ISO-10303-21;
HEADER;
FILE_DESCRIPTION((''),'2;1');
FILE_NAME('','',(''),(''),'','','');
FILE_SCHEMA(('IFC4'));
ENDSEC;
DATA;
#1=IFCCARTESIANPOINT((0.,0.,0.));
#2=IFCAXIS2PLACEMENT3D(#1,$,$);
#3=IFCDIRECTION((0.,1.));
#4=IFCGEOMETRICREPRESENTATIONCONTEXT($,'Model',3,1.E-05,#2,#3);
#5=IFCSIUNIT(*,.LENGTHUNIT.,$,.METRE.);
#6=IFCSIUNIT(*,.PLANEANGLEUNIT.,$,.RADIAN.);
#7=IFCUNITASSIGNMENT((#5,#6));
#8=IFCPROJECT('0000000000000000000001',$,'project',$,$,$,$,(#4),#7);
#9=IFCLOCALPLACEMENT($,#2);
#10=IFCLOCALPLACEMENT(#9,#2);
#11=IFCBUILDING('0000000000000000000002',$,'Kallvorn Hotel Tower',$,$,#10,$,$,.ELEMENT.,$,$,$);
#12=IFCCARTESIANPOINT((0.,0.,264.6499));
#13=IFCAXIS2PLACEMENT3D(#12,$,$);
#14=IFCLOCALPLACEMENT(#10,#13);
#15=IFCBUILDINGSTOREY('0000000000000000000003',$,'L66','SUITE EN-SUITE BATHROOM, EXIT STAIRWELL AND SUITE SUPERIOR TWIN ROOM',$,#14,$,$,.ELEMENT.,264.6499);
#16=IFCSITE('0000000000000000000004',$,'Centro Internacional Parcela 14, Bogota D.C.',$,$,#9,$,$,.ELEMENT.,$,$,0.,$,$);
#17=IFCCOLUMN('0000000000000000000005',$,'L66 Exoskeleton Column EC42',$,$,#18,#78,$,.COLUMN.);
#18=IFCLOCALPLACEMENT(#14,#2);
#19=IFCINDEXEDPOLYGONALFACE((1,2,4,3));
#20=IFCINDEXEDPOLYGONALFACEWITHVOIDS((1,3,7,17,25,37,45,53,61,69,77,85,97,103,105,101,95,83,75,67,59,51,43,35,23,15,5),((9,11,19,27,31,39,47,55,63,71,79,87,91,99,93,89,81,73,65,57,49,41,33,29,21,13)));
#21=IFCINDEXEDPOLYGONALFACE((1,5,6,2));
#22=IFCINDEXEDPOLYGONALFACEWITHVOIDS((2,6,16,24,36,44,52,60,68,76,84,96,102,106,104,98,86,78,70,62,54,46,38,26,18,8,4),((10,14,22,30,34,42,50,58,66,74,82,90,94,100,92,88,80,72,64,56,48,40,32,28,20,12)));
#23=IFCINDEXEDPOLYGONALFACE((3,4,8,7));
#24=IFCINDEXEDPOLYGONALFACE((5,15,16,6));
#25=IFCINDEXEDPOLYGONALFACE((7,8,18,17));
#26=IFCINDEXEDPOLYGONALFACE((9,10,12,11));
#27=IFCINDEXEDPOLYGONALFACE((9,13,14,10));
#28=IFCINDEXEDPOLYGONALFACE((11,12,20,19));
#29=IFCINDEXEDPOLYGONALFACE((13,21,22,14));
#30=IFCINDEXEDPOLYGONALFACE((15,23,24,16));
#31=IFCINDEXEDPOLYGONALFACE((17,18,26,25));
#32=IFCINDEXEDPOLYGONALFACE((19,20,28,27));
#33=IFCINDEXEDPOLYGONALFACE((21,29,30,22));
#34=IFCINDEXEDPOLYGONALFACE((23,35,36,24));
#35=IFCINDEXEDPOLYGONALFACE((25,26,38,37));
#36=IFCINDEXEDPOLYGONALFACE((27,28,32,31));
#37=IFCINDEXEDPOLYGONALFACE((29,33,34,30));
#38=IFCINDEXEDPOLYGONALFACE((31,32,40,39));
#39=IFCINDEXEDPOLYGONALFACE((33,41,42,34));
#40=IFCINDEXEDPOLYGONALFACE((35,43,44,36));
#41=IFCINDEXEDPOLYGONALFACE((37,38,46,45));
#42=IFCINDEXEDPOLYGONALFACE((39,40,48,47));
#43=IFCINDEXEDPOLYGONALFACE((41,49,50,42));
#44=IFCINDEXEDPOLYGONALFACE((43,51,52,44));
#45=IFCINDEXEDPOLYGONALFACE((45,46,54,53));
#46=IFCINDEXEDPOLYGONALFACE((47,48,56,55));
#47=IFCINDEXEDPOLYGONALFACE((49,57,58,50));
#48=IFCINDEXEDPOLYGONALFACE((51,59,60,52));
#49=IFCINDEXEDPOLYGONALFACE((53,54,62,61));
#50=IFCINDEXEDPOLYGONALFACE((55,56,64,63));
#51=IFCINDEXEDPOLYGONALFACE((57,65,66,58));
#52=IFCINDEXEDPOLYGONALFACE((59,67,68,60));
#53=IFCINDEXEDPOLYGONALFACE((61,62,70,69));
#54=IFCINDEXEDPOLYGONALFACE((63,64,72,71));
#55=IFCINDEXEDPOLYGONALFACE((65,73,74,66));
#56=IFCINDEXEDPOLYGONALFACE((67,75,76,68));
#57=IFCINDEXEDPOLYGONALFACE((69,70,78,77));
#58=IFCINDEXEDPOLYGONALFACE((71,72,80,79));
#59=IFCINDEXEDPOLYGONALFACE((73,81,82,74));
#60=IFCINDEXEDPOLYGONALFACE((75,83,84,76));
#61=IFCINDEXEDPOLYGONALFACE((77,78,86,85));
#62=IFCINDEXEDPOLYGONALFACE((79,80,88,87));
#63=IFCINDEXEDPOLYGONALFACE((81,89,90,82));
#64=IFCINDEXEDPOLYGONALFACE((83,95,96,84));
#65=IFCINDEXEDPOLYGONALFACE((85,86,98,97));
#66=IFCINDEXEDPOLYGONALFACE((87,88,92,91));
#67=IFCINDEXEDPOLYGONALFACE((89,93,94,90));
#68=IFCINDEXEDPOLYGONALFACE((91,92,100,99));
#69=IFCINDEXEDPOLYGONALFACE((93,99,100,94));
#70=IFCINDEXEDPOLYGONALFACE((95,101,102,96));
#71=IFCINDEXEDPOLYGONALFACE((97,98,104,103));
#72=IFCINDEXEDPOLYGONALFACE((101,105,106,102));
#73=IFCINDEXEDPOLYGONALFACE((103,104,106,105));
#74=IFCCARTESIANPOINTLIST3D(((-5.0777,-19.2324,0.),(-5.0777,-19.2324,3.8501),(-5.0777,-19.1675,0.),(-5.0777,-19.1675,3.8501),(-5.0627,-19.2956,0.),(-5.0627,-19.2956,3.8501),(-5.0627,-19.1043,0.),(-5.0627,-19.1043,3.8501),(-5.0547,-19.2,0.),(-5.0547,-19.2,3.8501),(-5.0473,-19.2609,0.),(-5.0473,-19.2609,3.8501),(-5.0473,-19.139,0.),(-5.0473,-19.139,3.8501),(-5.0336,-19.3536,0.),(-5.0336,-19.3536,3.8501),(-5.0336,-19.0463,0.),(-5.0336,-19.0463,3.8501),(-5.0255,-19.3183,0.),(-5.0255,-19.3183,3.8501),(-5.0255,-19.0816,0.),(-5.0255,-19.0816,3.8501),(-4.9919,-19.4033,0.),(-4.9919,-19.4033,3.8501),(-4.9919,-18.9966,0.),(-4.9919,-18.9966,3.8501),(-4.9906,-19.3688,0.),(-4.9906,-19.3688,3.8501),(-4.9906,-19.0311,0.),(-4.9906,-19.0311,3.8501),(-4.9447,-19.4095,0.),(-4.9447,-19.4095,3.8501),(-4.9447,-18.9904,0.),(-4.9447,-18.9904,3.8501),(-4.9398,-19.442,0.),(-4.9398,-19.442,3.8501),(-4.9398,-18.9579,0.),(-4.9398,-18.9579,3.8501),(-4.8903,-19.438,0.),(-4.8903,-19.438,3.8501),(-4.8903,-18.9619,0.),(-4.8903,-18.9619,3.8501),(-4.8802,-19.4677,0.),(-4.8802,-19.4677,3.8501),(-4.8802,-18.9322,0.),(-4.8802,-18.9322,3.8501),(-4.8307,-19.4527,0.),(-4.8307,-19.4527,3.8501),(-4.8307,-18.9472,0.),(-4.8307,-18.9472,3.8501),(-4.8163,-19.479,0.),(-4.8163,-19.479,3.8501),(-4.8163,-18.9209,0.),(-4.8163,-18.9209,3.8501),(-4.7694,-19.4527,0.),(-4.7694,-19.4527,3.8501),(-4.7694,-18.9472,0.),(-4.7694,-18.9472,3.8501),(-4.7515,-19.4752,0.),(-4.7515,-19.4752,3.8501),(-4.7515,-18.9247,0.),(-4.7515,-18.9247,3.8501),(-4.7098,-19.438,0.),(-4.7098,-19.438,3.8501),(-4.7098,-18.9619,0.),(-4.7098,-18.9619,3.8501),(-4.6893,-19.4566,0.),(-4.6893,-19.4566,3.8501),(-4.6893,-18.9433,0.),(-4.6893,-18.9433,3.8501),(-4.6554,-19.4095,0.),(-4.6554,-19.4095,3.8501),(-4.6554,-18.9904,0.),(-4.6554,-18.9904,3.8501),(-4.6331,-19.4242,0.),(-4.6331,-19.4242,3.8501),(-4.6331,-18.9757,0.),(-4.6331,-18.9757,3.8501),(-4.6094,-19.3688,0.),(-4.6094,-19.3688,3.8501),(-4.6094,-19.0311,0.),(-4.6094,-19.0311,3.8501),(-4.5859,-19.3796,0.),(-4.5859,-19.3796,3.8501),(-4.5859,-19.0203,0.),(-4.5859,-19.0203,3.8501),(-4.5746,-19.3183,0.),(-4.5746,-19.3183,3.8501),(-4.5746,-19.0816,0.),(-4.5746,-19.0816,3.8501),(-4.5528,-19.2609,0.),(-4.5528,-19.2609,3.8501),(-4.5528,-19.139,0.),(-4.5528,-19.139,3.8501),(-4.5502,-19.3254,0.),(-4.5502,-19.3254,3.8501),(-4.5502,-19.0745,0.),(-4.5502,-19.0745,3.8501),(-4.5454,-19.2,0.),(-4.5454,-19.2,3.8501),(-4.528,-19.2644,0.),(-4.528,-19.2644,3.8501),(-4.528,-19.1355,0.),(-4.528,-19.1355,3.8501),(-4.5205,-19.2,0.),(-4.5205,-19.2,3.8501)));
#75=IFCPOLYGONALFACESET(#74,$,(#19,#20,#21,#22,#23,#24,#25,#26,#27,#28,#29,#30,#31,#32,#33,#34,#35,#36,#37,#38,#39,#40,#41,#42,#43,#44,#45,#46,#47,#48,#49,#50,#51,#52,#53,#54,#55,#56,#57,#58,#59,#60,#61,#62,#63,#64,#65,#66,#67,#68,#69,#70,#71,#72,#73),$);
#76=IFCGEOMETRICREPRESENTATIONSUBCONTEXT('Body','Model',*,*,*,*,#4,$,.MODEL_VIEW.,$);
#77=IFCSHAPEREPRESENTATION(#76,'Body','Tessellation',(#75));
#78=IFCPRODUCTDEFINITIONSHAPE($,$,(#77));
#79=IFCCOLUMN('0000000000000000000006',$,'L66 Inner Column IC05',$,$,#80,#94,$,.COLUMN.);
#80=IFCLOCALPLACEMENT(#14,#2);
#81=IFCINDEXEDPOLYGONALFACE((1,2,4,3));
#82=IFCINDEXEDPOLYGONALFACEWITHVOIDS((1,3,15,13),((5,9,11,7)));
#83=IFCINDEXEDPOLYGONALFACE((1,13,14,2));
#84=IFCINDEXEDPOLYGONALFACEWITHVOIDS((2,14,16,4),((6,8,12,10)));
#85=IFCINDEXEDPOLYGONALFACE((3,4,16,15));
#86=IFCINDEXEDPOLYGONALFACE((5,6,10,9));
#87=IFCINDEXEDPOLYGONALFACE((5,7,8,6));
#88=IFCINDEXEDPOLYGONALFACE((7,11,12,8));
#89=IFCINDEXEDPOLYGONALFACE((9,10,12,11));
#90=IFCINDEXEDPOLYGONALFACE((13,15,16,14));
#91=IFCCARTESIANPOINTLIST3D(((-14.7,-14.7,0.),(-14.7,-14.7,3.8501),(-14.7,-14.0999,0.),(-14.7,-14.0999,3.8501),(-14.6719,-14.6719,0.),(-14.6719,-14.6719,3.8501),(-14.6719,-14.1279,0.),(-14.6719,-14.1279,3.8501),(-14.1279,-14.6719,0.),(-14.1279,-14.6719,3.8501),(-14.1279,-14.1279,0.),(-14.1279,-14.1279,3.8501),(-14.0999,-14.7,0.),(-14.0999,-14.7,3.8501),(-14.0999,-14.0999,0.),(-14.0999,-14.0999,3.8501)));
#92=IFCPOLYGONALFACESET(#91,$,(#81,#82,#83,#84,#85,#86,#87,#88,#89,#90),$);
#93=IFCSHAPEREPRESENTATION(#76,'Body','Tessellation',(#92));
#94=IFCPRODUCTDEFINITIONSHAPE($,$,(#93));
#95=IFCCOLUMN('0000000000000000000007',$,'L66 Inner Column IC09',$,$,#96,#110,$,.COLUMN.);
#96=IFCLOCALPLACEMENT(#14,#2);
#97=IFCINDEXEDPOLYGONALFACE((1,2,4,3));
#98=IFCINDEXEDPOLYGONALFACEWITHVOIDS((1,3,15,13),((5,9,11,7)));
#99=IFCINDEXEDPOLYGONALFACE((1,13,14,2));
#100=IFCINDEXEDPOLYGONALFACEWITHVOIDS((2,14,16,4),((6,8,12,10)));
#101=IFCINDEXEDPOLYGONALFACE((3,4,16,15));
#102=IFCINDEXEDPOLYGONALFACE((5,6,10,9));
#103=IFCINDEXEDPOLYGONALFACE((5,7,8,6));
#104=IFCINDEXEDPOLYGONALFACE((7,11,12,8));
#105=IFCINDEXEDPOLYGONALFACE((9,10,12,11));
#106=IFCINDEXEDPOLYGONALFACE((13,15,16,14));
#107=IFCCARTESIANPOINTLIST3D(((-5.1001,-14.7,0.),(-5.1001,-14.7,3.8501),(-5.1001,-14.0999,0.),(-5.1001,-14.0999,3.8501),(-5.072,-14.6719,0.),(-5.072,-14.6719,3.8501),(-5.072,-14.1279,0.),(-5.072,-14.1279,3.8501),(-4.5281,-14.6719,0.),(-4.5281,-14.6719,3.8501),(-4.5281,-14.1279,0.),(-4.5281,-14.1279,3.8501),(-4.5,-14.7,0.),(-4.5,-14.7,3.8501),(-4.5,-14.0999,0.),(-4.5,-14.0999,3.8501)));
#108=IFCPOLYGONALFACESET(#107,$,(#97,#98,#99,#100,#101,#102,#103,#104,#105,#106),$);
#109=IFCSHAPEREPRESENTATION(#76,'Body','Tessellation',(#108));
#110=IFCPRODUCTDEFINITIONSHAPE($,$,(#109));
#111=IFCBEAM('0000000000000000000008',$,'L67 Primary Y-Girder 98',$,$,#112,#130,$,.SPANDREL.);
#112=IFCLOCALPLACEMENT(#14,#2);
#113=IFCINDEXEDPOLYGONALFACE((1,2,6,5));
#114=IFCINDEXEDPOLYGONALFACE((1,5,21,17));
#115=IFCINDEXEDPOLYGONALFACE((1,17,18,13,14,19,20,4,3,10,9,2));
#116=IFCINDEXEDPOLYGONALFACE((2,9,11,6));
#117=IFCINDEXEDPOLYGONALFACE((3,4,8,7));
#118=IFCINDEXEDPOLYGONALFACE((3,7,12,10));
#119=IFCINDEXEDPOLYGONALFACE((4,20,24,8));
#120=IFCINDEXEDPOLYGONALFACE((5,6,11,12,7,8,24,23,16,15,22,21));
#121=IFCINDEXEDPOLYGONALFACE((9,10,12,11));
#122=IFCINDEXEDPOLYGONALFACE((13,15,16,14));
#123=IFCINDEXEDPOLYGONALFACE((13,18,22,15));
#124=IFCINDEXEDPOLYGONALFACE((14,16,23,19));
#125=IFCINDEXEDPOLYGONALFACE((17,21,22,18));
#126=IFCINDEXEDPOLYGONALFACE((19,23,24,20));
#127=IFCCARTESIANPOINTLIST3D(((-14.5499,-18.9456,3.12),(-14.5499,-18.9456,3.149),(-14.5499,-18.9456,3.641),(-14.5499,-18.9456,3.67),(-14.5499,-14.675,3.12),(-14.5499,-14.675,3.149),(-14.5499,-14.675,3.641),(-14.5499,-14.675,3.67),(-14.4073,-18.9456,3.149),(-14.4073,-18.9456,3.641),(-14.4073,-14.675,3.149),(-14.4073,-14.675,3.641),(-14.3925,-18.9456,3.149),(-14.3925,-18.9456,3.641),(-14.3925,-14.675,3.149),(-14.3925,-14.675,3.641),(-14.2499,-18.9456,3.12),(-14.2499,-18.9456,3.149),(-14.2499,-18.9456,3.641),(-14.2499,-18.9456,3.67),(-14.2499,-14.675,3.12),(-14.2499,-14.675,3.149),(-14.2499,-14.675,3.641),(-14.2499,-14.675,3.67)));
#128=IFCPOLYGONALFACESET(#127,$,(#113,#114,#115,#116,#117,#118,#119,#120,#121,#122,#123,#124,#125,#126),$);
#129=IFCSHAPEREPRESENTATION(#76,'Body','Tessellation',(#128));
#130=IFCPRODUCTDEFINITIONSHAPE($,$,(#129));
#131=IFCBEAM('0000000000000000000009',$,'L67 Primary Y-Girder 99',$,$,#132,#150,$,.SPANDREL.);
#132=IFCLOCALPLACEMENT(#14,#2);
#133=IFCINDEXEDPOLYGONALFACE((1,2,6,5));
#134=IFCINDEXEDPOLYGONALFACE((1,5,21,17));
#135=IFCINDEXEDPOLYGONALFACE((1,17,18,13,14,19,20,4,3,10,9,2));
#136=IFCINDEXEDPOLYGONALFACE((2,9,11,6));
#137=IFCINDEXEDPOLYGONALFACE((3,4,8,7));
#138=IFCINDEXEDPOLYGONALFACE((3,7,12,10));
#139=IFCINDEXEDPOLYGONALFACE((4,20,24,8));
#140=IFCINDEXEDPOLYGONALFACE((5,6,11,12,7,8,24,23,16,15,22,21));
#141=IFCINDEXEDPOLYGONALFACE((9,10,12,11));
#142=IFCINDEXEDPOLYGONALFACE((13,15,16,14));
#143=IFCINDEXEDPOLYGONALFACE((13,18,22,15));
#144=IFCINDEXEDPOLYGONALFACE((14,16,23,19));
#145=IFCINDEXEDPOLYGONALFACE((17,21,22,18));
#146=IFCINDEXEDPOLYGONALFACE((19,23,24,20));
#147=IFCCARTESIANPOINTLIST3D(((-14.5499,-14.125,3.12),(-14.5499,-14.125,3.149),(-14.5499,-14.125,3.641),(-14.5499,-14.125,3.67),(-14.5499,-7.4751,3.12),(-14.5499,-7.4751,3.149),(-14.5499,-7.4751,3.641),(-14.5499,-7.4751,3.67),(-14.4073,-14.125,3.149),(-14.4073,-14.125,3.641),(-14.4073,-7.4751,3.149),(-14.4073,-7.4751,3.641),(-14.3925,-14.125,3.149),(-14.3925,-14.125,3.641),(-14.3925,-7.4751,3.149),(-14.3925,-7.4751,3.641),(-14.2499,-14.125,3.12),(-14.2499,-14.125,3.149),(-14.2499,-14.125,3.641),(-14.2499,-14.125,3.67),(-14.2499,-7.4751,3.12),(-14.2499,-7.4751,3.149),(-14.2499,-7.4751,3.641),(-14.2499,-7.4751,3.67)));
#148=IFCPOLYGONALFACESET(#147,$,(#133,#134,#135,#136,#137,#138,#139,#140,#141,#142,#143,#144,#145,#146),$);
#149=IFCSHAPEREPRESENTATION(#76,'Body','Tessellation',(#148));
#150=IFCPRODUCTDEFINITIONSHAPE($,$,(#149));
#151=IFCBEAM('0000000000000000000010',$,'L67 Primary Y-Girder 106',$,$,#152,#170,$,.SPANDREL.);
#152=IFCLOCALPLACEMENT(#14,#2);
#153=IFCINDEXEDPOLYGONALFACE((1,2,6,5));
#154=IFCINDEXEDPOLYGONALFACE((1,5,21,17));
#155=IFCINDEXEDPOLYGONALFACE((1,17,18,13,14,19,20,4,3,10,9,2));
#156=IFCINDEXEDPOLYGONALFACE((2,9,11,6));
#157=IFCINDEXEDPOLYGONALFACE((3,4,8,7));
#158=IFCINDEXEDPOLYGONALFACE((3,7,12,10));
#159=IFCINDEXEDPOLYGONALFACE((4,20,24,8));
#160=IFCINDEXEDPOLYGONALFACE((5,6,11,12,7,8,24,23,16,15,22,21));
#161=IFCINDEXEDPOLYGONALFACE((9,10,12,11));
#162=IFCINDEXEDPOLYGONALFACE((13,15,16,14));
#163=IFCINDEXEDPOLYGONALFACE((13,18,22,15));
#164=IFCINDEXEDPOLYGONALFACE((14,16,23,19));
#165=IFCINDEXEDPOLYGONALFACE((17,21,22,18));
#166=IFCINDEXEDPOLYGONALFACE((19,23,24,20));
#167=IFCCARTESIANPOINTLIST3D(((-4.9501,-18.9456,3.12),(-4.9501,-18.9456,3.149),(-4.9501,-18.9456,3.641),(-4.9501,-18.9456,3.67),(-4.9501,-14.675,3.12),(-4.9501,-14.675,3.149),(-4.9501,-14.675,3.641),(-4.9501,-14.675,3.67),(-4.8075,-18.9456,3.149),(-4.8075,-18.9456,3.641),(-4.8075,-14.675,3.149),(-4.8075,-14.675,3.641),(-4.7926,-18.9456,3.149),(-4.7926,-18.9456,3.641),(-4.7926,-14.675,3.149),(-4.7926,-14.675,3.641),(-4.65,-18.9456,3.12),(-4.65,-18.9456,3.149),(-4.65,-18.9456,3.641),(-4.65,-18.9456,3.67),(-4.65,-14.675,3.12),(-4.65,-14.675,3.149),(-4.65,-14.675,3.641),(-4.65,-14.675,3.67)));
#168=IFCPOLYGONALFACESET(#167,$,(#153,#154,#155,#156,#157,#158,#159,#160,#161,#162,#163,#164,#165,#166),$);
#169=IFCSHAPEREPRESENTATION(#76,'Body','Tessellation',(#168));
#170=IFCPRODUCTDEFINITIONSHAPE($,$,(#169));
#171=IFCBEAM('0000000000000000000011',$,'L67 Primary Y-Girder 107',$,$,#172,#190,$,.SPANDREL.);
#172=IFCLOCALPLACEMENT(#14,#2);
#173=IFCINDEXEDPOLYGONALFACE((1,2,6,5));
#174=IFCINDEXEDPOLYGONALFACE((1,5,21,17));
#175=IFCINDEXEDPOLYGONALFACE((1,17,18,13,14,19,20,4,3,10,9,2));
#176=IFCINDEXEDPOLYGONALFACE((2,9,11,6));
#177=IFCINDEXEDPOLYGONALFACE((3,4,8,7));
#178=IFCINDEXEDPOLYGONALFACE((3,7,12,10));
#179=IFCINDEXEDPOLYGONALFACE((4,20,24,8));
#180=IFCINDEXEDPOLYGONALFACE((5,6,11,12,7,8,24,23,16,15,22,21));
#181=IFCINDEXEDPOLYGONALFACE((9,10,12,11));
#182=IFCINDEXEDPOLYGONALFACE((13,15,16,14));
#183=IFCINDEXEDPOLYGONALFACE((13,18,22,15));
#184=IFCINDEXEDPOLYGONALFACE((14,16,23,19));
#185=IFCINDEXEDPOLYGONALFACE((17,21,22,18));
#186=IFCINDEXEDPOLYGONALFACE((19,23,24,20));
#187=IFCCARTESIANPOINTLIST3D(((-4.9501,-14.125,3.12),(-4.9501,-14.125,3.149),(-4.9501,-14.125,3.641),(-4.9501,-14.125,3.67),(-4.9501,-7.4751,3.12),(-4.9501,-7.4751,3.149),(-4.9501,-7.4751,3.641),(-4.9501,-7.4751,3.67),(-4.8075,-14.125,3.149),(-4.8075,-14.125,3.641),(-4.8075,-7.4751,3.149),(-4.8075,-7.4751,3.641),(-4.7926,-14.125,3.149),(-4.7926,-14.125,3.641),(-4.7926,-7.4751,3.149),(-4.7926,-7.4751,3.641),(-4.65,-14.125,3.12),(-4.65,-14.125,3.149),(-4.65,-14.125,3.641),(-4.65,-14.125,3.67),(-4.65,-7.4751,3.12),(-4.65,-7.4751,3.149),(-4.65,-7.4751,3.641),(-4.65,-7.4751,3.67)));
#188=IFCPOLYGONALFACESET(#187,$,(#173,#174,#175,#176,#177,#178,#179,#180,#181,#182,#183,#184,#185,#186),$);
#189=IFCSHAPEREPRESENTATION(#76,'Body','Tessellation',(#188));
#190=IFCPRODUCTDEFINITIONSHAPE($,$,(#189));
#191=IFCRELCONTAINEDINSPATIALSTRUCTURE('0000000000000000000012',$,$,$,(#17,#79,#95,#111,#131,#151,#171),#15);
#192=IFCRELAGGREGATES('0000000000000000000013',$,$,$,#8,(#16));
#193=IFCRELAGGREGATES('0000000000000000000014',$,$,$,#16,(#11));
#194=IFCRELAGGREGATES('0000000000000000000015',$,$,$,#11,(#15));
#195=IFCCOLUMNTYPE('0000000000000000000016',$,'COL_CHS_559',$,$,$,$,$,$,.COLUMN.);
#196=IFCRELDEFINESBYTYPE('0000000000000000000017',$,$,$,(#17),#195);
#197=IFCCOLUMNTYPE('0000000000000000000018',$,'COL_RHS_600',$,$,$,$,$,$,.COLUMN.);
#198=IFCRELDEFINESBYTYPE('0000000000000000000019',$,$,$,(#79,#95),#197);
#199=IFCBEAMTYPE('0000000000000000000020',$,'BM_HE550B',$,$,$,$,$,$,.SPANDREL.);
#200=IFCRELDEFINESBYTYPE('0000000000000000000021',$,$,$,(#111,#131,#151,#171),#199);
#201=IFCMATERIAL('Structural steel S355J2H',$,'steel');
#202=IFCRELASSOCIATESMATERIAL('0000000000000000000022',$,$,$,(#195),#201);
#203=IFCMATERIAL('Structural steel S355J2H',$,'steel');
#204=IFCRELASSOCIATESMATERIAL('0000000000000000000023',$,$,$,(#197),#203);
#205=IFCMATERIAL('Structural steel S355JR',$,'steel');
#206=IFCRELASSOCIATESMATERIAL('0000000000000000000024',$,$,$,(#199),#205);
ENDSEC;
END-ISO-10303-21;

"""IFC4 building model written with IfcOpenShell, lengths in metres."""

from ifc_helpers import new_model, si_unit, direction, frame, origin, origin_2d, place, context, subcontext, project, spatial, hollow_rectangle, hollow_circle, i_section, extrude, material, material_profile, profile_set, type_object, element, save


model = new_model("IFC4")

# Units and contexts
model_context = context("Model", 3, precision=1e-05, world=origin(), true_north=direction((0.0, 1.0)))
body_context = subcontext(model_context, "Body", "Model", "MODEL_VIEW")
ifc_project = project(units=[si_unit("LENGTHUNIT", "METRE"), si_unit("PLANEANGLEUNIT", "RADIAN")], contexts=[model_context])

# Site, building, storey
site_placement = place(None, origin())
site = spatial("IfcSite", under=ifc_project, at=site_placement, Name="Centro Internacional Parcela 14, Bogota D.C.", CompositionType="ELEMENT", RefElevation=0.0)
building_placement = place(site_placement, origin())
building = spatial("IfcBuilding", under=site, at=building_placement, Name="Kallvorn Hotel Tower", CompositionType="ELEMENT")
storey_placement = place(building_placement, frame((0.0, 0.0, 264.6499)))
storey = spatial("IfcBuildingStorey", under=building, at=storey_placement, Name="L66", Description="SUITE EN-SUITE BATHROOM, EXIT STAIRWELL AND SUITE SUPERIOR TWIN ROOM", CompositionType="ELEMENT", Elevation=264.6499)

# Columns
ifc_material_1 = material(Name="Structural steel S355J2H", Category="steel")
ifc_material_profile_1 = material_profile(ifc_material_1, hollow_circle(Radius=0.2795, WallThickness=0.0249, at=origin_2d()), Name="CHS 559x25")
ifc_profile_set_1 = profile_set([ifc_material_profile_1], Name="Structural steel S355J2H")
column_type_1 = type_object("IfcColumnType", Name="COL_CHS_559", PredefinedType="COLUMN", material=ifc_profile_set_1)
for number, where, z_axis, x_axis, name in (
    (1, (-4.8, -19.2, 0.0), (0.0, 0.0, 1.0), (1.0, 0.0, 0.0), "L66 Exoskeleton Column EC42"),
):
    element("IfcColumn", number, at=place(storey_placement, frame(where, z_axis=z_axis, x_axis=x_axis)), inside=storey, type_object=column_type_1, Name=name, PredefinedType="COLUMN", context=body_context, shape_type="SweptSolid", body=[
        extrude(hollow_circle(Radius=0.2795, WallThickness=0.0249, at=origin_2d()), origin(), (0.0, 0.0, 1.0), 3.8501),
    ])
ifc_material_2 = material(Name="Structural steel S355J2H", Category="steel")
ifc_material_profile_2 = material_profile(ifc_material_2, hollow_rectangle(XDim=0.6001, YDim=0.6001, WallThickness=0.0281, at=origin_2d()), Name="RHS 600x600x28")
ifc_profile_set_2 = profile_set([ifc_material_profile_2], Name="Structural steel S355J2H")
column_type_2 = type_object("IfcColumnType", Name="COL_RHS_600", PredefinedType="COLUMN", material=ifc_profile_set_2)
for number, where, z_axis, x_axis, name in (
    (2, (-14.3999, -14.3999, 0.0), (0.0, 0.0, 1.0), (1.0, 0.0, 0.0), "L66 Inner Column IC05"),
    (3, (-4.8, -14.3999, 0.0), (0.0, 0.0, 1.0), (1.0, 0.0, 0.0), "L66 Inner Column IC09"),
):
    element("IfcColumn", number, at=place(storey_placement, frame(where, z_axis=z_axis, x_axis=x_axis)), inside=storey, type_object=column_type_2, Name=name, PredefinedType="COLUMN", context=body_context, shape_type="SweptSolid", body=[
        extrude(hollow_rectangle(XDim=0.6001, YDim=0.6001, WallThickness=0.0281, at=origin_2d()), origin(), (0.0, 0.0, 1.0), 3.8501),
    ])

# Beams
ifc_material_3 = material(Name="Structural steel S355JR", Category="steel")
ifc_material_profile_3 = material_profile(ifc_material_3, i_section(OverallWidth=0.3, OverallDepth=0.55, WebThickness=0.0149, FlangeThickness=0.0291, at=origin_2d()), Name="HE 550 B")
ifc_profile_set_3 = profile_set([ifc_material_profile_3], Name="Structural steel S355JR")
beam_type_1 = type_object("IfcBeamType", Name="BM_HE550B", PredefinedType="SPANDREL", material=ifc_profile_set_3)
beam_1_placement = place(storey_placement, frame((-14.3999, -18.9456, 3.395), z_axis=(0.0, 1.0, 0.0), x_axis=(-1.0, 0.0, 0.0)))
element("IfcBeam", 4, at=beam_1_placement, inside=storey, type_object=beam_type_1, Name="L67 Primary Y-Girder 98", PredefinedType="SPANDREL", context=body_context, shape_type="SweptSolid", body=[
    extrude(i_section(OverallWidth=0.3, OverallDepth=0.55, WebThickness=0.0149, FlangeThickness=0.0291, at=origin_2d()), origin(), (0.0, 0.0, 1.0), 4.2705),
])
beam_2_placement = place(storey_placement, frame((-14.3999, -14.125, 3.395), z_axis=(0.0, 1.0, 0.0), x_axis=(-1.0, 0.0, 0.0)))
element("IfcBeam", 5, at=beam_2_placement, inside=storey, type_object=beam_type_1, Name="L67 Primary Y-Girder 99", PredefinedType="SPANDREL", context=body_context, shape_type="SweptSolid", body=[
    extrude(i_section(OverallWidth=0.3, OverallDepth=0.55, WebThickness=0.0149, FlangeThickness=0.0291, at=origin_2d()), origin(), (0.0, 0.0, 1.0), 6.6499),
])
beam_3_placement = place(storey_placement, frame((-4.8, -18.9456, 3.395), z_axis=(0.0, 1.0, 0.0), x_axis=(-1.0, 0.0, 0.0)))
element("IfcBeam", 6, at=beam_3_placement, inside=storey, type_object=beam_type_1, Name="L67 Primary Y-Girder 106", PredefinedType="SPANDREL", context=body_context, shape_type="SweptSolid", body=[
    extrude(i_section(OverallWidth=0.3, OverallDepth=0.55, WebThickness=0.0149, FlangeThickness=0.0291, at=origin_2d()), origin(), (0.0, 0.0, 1.0), 4.2705),
])
beam_4_placement = place(storey_placement, frame((-4.8, -14.125, 3.395), z_axis=(0.0, 1.0, 0.0), x_axis=(-1.0, 0.0, 0.0)))
element("IfcBeam", 7, at=beam_4_placement, inside=storey, type_object=beam_type_1, Name="L67 Primary Y-Girder 107", PredefinedType="SPANDREL", context=body_context, shape_type="SweptSolid", body=[
    extrude(i_section(OverallWidth=0.3, OverallDepth=0.55, WebThickness=0.0149, FlangeThickness=0.0291, at=origin_2d()), origin(), (0.0, 0.0, 1.0), 6.6499),
])

save(model, "model.ifc")
